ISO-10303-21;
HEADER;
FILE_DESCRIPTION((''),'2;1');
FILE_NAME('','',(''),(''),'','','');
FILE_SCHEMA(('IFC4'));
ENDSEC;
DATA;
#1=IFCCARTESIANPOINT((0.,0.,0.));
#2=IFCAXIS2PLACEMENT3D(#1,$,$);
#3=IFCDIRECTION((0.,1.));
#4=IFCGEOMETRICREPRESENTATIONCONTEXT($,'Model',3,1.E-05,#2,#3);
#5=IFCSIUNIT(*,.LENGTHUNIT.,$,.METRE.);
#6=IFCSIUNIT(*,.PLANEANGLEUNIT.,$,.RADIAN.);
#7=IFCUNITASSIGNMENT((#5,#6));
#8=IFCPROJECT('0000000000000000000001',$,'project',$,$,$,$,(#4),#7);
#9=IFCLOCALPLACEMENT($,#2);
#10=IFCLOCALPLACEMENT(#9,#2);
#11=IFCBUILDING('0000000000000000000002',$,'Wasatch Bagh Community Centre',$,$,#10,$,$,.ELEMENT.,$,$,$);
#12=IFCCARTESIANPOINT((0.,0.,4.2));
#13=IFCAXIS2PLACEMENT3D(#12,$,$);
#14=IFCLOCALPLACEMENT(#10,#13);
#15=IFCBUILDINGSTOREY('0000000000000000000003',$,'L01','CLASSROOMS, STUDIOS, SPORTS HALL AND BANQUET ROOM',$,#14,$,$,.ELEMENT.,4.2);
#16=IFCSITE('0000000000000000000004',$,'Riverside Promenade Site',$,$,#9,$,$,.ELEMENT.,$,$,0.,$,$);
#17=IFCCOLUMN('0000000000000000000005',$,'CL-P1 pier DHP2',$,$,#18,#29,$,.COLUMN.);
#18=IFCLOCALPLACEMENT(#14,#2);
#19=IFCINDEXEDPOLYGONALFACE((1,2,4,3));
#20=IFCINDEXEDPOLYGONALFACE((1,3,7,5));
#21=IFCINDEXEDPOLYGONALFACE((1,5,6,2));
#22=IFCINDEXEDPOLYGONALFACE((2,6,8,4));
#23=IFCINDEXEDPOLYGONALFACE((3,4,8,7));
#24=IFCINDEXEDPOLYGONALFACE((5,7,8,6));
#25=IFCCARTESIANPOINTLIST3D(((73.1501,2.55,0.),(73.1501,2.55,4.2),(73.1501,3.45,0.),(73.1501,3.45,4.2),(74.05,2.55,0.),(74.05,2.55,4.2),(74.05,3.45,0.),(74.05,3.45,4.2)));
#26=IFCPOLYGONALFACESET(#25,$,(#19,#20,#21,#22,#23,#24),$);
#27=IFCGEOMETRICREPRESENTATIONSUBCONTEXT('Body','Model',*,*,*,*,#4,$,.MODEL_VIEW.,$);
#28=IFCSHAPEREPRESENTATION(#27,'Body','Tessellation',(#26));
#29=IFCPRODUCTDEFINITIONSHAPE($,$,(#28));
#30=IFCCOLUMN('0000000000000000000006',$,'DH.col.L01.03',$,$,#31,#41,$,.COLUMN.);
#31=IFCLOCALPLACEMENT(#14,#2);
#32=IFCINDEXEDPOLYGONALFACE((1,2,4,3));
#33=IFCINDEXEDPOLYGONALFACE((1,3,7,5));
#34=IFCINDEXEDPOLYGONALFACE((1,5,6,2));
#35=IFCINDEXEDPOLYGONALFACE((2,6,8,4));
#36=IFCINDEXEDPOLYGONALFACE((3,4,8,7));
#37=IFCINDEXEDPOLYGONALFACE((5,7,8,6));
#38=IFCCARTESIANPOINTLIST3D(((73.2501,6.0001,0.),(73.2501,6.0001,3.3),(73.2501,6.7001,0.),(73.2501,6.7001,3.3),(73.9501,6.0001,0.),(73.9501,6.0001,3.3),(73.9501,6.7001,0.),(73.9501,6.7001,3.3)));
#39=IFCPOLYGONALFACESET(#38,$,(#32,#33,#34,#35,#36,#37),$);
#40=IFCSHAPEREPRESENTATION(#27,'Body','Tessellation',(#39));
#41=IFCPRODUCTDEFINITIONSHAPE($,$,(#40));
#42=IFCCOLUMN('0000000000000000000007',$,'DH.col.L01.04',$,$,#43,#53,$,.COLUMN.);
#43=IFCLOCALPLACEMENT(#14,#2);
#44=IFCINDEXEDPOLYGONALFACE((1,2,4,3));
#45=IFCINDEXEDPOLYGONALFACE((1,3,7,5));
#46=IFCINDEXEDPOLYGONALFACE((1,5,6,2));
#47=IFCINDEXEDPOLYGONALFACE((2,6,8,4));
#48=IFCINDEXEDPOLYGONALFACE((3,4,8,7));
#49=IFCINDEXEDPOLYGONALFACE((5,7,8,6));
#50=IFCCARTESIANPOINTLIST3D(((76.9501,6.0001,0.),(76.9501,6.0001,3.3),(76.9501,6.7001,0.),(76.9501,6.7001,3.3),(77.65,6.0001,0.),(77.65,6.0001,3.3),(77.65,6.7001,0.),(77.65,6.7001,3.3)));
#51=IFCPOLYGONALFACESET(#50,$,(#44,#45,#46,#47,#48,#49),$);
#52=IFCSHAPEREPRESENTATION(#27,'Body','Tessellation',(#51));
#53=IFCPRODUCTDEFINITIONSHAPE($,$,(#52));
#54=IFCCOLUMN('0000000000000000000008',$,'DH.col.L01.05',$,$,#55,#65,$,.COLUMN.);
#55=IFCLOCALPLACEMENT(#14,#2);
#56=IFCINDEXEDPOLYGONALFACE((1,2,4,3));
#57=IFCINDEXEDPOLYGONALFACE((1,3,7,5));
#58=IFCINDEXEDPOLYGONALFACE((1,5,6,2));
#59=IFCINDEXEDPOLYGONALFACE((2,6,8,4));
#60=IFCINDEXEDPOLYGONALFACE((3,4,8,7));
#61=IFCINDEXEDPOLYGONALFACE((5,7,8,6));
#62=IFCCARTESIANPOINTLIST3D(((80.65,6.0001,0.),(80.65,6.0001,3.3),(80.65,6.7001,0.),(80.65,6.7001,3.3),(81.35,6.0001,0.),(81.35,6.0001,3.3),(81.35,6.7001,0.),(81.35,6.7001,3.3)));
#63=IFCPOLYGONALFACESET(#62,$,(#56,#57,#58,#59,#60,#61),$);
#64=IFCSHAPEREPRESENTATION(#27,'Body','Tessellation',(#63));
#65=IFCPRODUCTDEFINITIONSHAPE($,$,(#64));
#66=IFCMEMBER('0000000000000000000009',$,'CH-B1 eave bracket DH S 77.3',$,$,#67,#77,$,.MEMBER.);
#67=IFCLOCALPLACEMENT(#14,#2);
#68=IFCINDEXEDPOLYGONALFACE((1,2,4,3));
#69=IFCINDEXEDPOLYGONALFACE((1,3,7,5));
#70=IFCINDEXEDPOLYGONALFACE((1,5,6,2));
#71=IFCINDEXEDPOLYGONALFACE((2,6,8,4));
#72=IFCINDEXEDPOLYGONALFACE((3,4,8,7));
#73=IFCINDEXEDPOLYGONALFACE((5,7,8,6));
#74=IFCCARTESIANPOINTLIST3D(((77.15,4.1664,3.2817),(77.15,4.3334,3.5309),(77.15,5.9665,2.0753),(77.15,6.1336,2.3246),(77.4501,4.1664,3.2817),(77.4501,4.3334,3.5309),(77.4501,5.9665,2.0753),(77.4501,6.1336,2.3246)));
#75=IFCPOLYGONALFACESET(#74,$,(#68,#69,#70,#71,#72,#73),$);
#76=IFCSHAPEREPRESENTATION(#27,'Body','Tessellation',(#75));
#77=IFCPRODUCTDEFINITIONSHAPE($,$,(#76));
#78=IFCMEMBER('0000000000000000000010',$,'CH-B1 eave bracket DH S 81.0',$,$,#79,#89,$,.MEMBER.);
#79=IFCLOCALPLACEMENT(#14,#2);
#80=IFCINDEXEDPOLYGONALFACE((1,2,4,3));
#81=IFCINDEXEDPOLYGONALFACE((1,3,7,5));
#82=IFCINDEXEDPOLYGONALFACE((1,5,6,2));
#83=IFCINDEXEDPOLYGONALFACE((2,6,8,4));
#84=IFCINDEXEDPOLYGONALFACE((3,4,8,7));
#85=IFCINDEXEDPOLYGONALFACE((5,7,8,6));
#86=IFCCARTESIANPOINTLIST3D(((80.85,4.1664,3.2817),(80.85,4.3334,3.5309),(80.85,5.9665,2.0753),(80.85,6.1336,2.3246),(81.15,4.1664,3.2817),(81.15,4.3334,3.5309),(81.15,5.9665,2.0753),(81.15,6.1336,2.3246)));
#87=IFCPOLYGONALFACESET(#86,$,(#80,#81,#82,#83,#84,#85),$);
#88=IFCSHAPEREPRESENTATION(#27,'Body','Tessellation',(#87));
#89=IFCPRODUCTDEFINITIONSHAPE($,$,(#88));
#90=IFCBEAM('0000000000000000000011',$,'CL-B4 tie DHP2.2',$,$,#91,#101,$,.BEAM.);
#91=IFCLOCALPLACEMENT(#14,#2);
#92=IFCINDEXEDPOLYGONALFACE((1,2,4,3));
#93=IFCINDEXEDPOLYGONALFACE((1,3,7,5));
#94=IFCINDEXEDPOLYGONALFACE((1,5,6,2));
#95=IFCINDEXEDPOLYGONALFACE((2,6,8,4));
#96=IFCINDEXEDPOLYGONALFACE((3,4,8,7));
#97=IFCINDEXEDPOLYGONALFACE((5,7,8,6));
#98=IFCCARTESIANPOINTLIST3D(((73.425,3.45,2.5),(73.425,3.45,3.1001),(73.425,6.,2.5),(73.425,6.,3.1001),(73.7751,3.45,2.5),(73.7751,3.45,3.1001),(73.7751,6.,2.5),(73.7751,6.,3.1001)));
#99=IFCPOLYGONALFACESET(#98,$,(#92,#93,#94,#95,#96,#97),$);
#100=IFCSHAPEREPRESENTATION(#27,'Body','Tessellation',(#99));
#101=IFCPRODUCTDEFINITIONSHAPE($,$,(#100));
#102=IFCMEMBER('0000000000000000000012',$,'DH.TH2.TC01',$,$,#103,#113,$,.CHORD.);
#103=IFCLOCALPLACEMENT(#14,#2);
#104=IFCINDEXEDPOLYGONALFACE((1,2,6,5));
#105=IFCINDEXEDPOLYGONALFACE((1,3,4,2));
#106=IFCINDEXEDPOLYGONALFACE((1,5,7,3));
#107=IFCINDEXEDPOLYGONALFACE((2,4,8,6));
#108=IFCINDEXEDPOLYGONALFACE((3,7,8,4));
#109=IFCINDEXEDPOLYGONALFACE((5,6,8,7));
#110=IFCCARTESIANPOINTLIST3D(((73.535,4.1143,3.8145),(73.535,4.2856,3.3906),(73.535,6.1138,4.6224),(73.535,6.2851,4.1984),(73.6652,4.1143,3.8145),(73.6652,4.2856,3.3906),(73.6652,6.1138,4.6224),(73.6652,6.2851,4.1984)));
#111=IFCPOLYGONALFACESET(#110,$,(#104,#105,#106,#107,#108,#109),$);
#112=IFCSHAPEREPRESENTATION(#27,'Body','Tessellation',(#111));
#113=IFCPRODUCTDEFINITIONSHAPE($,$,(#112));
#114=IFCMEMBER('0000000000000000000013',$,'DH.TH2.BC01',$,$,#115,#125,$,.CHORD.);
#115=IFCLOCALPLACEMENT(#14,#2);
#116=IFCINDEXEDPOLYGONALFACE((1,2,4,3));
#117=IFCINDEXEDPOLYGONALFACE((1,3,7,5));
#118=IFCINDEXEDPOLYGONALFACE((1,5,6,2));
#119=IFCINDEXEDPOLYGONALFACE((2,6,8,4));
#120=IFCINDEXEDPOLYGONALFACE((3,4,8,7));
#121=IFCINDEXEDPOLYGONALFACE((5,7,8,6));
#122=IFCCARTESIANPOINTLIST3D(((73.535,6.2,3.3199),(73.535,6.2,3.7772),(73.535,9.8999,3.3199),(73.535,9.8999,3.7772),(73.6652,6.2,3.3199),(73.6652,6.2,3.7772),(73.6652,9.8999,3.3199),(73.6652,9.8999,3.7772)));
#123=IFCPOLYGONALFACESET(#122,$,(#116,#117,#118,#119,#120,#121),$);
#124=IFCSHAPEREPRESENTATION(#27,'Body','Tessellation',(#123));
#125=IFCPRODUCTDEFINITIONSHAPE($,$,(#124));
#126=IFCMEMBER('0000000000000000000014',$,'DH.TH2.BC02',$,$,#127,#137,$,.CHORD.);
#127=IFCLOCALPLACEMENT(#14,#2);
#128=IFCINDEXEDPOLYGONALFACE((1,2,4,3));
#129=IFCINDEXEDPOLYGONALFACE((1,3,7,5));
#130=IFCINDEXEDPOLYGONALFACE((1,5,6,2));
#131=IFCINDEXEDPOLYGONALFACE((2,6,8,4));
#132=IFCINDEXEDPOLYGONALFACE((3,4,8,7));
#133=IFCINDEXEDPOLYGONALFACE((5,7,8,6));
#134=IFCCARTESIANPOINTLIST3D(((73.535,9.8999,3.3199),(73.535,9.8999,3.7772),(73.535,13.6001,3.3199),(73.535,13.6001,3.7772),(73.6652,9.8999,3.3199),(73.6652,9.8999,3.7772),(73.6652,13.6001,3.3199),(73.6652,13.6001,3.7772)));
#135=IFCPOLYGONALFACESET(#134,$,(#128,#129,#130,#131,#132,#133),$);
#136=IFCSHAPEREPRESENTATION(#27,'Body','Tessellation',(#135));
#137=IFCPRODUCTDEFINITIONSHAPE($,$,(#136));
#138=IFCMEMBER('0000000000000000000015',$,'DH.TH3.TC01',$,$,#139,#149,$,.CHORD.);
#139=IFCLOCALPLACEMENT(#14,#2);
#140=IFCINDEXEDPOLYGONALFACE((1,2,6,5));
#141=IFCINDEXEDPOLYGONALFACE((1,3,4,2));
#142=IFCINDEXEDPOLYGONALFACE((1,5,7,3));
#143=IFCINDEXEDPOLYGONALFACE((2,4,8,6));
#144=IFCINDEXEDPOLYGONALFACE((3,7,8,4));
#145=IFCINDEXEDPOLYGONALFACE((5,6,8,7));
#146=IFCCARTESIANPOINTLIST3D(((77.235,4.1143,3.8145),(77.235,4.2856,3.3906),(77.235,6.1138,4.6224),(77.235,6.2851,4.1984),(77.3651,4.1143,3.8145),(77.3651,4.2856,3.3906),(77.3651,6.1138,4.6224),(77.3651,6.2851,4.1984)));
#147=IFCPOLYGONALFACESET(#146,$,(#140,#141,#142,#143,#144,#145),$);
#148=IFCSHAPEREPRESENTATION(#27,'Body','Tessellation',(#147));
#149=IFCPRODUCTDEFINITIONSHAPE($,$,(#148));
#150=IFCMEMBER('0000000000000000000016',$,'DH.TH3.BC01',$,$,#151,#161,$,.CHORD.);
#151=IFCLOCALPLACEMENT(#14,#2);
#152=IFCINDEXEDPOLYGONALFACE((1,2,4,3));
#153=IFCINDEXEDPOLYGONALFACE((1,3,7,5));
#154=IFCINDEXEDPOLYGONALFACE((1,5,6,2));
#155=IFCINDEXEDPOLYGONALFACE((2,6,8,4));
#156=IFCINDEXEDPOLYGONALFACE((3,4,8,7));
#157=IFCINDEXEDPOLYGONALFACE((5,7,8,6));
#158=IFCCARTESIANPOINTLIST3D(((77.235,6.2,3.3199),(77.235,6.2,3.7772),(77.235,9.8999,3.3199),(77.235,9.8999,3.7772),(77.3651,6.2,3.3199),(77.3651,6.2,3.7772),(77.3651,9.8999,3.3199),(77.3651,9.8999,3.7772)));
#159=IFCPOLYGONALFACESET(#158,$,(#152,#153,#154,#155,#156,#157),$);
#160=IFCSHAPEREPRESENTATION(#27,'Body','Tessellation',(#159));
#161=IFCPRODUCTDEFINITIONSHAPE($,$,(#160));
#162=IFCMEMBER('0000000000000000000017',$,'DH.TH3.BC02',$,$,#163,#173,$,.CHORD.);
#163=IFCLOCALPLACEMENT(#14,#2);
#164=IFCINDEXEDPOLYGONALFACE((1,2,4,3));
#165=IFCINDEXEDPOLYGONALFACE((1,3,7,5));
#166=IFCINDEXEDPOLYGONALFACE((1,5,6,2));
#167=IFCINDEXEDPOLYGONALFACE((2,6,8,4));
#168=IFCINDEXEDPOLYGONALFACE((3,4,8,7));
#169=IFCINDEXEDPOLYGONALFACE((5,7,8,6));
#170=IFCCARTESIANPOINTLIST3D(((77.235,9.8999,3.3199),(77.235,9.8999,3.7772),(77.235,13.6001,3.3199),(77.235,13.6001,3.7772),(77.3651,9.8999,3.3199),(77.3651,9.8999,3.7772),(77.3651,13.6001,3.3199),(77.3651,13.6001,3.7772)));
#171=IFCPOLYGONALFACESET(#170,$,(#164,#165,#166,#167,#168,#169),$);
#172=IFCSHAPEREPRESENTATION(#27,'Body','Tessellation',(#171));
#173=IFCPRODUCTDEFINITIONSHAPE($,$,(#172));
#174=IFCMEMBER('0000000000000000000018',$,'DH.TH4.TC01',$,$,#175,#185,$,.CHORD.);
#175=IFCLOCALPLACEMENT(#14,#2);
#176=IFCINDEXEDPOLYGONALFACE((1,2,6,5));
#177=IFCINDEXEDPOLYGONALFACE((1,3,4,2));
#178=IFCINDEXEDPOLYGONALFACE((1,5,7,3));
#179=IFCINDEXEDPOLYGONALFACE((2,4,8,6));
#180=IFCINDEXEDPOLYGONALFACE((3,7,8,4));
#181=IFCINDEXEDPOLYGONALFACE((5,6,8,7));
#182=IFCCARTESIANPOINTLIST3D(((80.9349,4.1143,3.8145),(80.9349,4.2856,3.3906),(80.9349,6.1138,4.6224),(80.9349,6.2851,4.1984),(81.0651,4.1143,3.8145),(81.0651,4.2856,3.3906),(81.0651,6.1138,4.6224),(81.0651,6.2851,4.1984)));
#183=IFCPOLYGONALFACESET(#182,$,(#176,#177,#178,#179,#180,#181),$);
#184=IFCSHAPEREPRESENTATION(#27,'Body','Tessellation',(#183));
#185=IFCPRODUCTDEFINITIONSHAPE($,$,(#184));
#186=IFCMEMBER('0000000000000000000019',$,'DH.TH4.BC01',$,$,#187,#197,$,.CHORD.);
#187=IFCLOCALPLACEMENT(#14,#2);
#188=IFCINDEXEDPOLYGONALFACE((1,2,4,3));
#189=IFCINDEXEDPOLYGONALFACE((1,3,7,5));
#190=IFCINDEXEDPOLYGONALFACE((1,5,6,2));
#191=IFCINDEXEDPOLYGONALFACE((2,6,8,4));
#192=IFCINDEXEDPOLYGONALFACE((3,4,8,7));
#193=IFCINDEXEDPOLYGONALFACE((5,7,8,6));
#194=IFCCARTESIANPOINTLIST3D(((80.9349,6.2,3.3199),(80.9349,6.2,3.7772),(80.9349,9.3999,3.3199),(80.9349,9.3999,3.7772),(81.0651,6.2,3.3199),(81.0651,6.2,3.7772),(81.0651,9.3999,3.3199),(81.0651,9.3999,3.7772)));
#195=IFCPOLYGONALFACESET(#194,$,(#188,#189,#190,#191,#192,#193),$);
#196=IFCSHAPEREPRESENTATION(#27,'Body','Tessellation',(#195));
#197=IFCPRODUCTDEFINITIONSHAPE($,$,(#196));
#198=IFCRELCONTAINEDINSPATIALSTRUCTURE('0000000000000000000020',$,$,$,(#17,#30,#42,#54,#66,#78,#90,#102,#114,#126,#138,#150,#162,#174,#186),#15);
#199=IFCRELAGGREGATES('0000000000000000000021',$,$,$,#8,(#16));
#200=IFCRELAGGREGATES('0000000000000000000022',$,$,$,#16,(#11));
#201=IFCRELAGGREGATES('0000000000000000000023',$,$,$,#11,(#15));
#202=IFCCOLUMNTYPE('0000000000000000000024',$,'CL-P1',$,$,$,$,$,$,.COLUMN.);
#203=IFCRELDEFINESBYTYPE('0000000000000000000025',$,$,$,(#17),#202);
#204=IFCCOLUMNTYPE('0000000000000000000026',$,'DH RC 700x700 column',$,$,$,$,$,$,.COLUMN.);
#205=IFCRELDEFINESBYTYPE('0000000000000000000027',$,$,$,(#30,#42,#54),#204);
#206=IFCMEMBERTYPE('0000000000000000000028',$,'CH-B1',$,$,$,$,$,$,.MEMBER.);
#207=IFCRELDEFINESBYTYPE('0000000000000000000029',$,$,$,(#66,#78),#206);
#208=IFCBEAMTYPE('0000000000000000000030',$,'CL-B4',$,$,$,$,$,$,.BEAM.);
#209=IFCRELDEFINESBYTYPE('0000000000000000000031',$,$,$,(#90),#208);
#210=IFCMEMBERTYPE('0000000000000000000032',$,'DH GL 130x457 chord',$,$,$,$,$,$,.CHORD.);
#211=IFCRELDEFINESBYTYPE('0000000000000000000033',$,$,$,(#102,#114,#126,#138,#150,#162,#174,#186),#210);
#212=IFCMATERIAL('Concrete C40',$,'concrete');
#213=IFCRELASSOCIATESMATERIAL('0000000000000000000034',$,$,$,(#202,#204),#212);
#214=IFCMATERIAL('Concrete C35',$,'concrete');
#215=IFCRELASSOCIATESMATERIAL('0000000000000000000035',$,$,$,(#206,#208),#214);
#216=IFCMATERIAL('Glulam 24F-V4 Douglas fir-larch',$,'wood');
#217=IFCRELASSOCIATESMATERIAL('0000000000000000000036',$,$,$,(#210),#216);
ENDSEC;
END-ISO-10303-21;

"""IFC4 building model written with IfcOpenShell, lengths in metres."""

from ifc_helpers import new_model, si_unit, direction, frame, origin, origin_2d, place, context, subcontext, project, spatial, rectangle, extrude, material, material_profile, profile_set, type_object, element, save


model = new_model("IFC4")

# Units and contexts
model_context = context("Model", 3, precision=1e-05, world=origin(), true_north=direction((0.0, 1.0)))
body_context = subcontext(model_context, "Body", "Model", "MODEL_VIEW")
ifc_project = project(units=[si_unit("LENGTHUNIT", "METRE"), si_unit("PLANEANGLEUNIT", "RADIAN")], contexts=[model_context])

# Site, building, storey
site_placement = place(None, origin())
site = spatial("IfcSite", under=ifc_project, at=site_placement, Name="Riverside Promenade Site", CompositionType="ELEMENT", RefElevation=0.0)
building_placement = place(site_placement, origin())
building = spatial("IfcBuilding", under=site, at=building_placement, Name="Wasatch Bagh Community Centre", CompositionType="ELEMENT")
storey_placement = place(building_placement, frame((0.0, 0.0, 4.2)))
storey = spatial("IfcBuildingStorey", under=building, at=storey_placement, Name="L01", Description="CLASSROOMS, STUDIOS, SPORTS HALL AND BANQUET ROOM", CompositionType="ELEMENT", Elevation=4.2)

# Columns
ifc_material_1 = material(Name="Concrete C40", Category="concrete")
ifc_material_profile_1 = material_profile(ifc_material_1, rectangle(XDim=0.8999, YDim=0.8999, at=origin_2d()), Name="RC 900x900")
ifc_profile_set_1 = profile_set([ifc_material_profile_1], Name="Concrete C40")
column_type_1 = type_object("IfcColumnType", Name="CL-P1", PredefinedType="COLUMN", material=ifc_profile_set_1)
column_placement = place(storey_placement, frame((73.6001, 3.0, 0.0), z_axis=(0.0, 0.0, 1.0), x_axis=(1.0, 0.0, 0.0)))
element("IfcColumn", 1, at=column_placement, inside=storey, type_object=column_type_1, Name="CL-P1 pier DHP2", PredefinedType="COLUMN", context=body_context, shape_type="SweptSolid", body=[
    extrude(rectangle(XDim=0.8999, YDim=0.8999, at=origin_2d()), origin(), (0.0, 0.0, 1.0), 4.2),
])
ifc_material_profile_2 = material_profile(ifc_material_1, rectangle(XDim=0.7, YDim=0.7, at=origin_2d()), Name="RC 700x700")
ifc_profile_set_2 = profile_set([ifc_material_profile_2], Name="Concrete C40")
column_type_2 = type_object("IfcColumnType", Name="DH RC 700x700 column", PredefinedType="COLUMN", material=ifc_profile_set_2)
for number, where, z_axis, x_axis, name in (
    (2, (73.6001, 6.3501, 0.0), (0.0, 0.0, 1.0), (1.0, 0.0, 0.0), "DH.col.L01.03"),
    (3, (77.3, 6.3501, 0.0), (0.0, 0.0, 1.0), (1.0, 0.0, 0.0), "DH.col.L01.04"),
    (4, (81.0, 6.3501, 0.0), (0.0, 0.0, 1.0), (1.0, 0.0, 0.0), "DH.col.L01.05"),
):
    element("IfcColumn", number, at=place(storey_placement, frame(where, z_axis=z_axis, x_axis=x_axis)), inside=storey, type_object=column_type_2, Name=name, PredefinedType="COLUMN", context=body_context, shape_type="SweptSolid", body=[
        extrude(rectangle(XDim=0.7, YDim=0.7, at=origin_2d()), origin(), (0.0, 0.0, 1.0), 3.3),
    ])

# Members
ifc_material_2 = material(Name="Concrete C35", Category="concrete")
ifc_material_profile_3 = material_profile(ifc_material_2, rectangle(XDim=0.3, YDim=0.3, at=origin_2d()), Name="RC 300x300")
ifc_profile_set_3 = profile_set([ifc_material_profile_3], Name="Concrete C35")
member_type_1 = type_object("IfcMemberType", Name="CH-B1", PredefinedType="MEMBER", material=ifc_profile_set_3)
for number, where, z_axis, x_axis, name in (
    (5, (77.3, 6.05, 2.2), (0.0, -0.830713, 0.556701), (1.0, 0.0, 0.0), "CH-B1 eave bracket DH S 77.3"),
    (6, (81.0, 6.05, 2.2), (0.0, -0.830713, 0.556701), (1.0, 0.0, 0.0), "CH-B1 eave bracket DH S 81.0"),
):
    element("IfcMember", number, at=place(storey_placement, frame(where, z_axis=z_axis, x_axis=x_axis)), inside=storey, type_object=member_type_1, Name=name, PredefinedType="MEMBER", context=body_context, shape_type="SweptSolid", body=[
        extrude(rectangle(XDim=0.3, YDim=0.3, at=origin_2d()), origin(), (0.0, 0.0, 1.0), 2.167),
    ])

# Beam
ifc_material_profile_4 = material_profile(ifc_material_2, rectangle(XDim=0.3501, YDim=0.6001, at=origin_2d()), Name="RC 350x600")
ifc_profile_set_4 = profile_set([ifc_material_profile_4], Name="Concrete C35")
beam_type = type_object("IfcBeamType", Name="CL-B4", PredefinedType="BEAM", material=ifc_profile_set_4)
beam_placement = place(storey_placement, frame((73.6001, 6.0, 2.8), z_axis=(0.0, -1.0, 0.0), x_axis=(1.0, 0.0, 0.0)))
element("IfcBeam", 7, at=beam_placement, inside=storey, type_object=beam_type, Name="CL-B4 tie DHP2.2", PredefinedType="BEAM", context=body_context, shape_type="SweptSolid", body=[
    extrude(rectangle(XDim=0.3501, YDim=0.6001, at=origin_2d()), origin(), (0.0, 0.0, 1.0), 2.55),
])

# Members
ifc_material_3 = material(Name="Glulam 24F-V4 Douglas fir-larch", Category="wood")
ifc_material_profile_5 = material_profile(ifc_material_3, rectangle(XDim=0.1301, YDim=0.4573, at=origin_2d()), Name="GL 130x457")
ifc_profile_set_5 = profile_set([ifc_material_profile_5], Name="Glulam 24F-V4 Douglas fir-larch")
member_type_2 = type_object("IfcMemberType", Name="DH GL 130x457 chord", PredefinedType="CHORD", material=ifc_profile_set_5)
member_1_placement = place(storey_placement, frame((73.6001, 4.2, 3.6025), z_axis=(0.0, 0.927183, 0.374609), x_axis=(-1.0, 0.0, 0.0)))
element("IfcMember", 8, at=member_1_placement, inside=storey, type_object=member_type_2, Name="DH.TH2.TC01", PredefinedType="CHORD", context=body_context, shape_type="SweptSolid", body=[
    extrude(rectangle(XDim=0.1301, YDim=0.4573, at=origin_2d()), origin(), (0.0, 0.0, 1.0), 2.1565),
])
member_2_placement = place(storey_placement, frame((73.6001, 6.2, 3.5486), z_axis=(0.0, 1.0, 0.0), x_axis=(-1.0, 0.0, 0.0)))
element("IfcMember", 9, at=member_2_placement, inside=storey, type_object=member_type_2, Name="DH.TH2.BC01", PredefinedType="CHORD", context=body_context, shape_type="SweptSolid", body=[
    extrude(rectangle(XDim=0.1301, YDim=0.4573, at=origin_2d()), origin(), (0.0, 0.0, 1.0), 3.7),
])
member_3_placement = place(storey_placement, frame((73.6001, 9.8999, 3.5486), z_axis=(0.0, 1.0, 0.0), x_axis=(-1.0, 0.0, 0.0)))
element("IfcMember", 10, at=member_3_placement, inside=storey, type_object=member_type_2, Name="DH.TH2.BC02", PredefinedType="CHORD", context=body_context, shape_type="SweptSolid", body=[
    extrude(rectangle(XDim=0.1301, YDim=0.4573, at=origin_2d()), origin(), (0.0, 0.0, 1.0), 3.7002),
])
member_4_placement = place(storey_placement, frame((77.3, 4.2, 3.6025), z_axis=(0.0, 0.927183, 0.374609), x_axis=(-1.0, 0.0, 0.0)))
element("IfcMember", 11, at=member_4_placement, inside=storey, type_object=member_type_2, Name="DH.TH3.TC01", PredefinedType="CHORD", context=body_context, shape_type="SweptSolid", body=[
    extrude(rectangle(XDim=0.1301, YDim=0.4573, at=origin_2d()), origin(), (0.0, 0.0, 1.0), 2.1565),
])
member_5_placement = place(storey_placement, frame((77.3, 6.2, 3.5486), z_axis=(0.0, 1.0, 0.0), x_axis=(-1.0, 0.0, 0.0)))
element("IfcMember", 12, at=member_5_placement, inside=storey, type_object=member_type_2, Name="DH.TH3.BC01", PredefinedType="CHORD", context=body_context, shape_type="SweptSolid", body=[
    extrude(rectangle(XDim=0.1301, YDim=0.4573, at=origin_2d()), origin(), (0.0, 0.0, 1.0), 3.7),
])
member_6_placement = place(storey_placement, frame((77.3, 9.8999, 3.5486), z_axis=(0.0, 1.0, 0.0), x_axis=(-1.0, 0.0, 0.0)))
element("IfcMember", 13, at=member_6_placement, inside=storey, type_object=member_type_2, Name="DH.TH3.BC02", PredefinedType="CHORD", context=body_context, shape_type="SweptSolid", body=[
    extrude(rectangle(XDim=0.1301, YDim=0.4573, at=origin_2d()), origin(), (0.0, 0.0, 1.0), 3.7002),
])
member_7_placement = place(storey_placement, frame((81.0, 4.2, 3.6025), z_axis=(0.0, 0.927183, 0.374609), x_axis=(-1.0, 0.0, 0.0)))
element("IfcMember", 14, at=member_7_placement, inside=storey, type_object=member_type_2, Name="DH.TH4.TC01", PredefinedType="CHORD", context=body_context, shape_type="SweptSolid", body=[
    extrude(rectangle(XDim=0.1301, YDim=0.4573, at=origin_2d()), origin(), (0.0, 0.0, 1.0), 2.1565),
])
member_8_placement = place(storey_placement, frame((81.0, 6.2, 3.5486), z_axis=(0.0, 1.0, 0.0), x_axis=(-1.0, 0.0, 0.0)))
element("IfcMember", 15, at=member_8_placement, inside=storey, type_object=member_type_2, Name="DH.TH4.BC01", PredefinedType="CHORD", context=body_context, shape_type="SweptSolid", body=[
    extrude(rectangle(XDim=0.1301, YDim=0.4573, at=origin_2d()), origin(), (0.0, 0.0, 1.0), 3.2),
])

save(model, "model.ifc")
